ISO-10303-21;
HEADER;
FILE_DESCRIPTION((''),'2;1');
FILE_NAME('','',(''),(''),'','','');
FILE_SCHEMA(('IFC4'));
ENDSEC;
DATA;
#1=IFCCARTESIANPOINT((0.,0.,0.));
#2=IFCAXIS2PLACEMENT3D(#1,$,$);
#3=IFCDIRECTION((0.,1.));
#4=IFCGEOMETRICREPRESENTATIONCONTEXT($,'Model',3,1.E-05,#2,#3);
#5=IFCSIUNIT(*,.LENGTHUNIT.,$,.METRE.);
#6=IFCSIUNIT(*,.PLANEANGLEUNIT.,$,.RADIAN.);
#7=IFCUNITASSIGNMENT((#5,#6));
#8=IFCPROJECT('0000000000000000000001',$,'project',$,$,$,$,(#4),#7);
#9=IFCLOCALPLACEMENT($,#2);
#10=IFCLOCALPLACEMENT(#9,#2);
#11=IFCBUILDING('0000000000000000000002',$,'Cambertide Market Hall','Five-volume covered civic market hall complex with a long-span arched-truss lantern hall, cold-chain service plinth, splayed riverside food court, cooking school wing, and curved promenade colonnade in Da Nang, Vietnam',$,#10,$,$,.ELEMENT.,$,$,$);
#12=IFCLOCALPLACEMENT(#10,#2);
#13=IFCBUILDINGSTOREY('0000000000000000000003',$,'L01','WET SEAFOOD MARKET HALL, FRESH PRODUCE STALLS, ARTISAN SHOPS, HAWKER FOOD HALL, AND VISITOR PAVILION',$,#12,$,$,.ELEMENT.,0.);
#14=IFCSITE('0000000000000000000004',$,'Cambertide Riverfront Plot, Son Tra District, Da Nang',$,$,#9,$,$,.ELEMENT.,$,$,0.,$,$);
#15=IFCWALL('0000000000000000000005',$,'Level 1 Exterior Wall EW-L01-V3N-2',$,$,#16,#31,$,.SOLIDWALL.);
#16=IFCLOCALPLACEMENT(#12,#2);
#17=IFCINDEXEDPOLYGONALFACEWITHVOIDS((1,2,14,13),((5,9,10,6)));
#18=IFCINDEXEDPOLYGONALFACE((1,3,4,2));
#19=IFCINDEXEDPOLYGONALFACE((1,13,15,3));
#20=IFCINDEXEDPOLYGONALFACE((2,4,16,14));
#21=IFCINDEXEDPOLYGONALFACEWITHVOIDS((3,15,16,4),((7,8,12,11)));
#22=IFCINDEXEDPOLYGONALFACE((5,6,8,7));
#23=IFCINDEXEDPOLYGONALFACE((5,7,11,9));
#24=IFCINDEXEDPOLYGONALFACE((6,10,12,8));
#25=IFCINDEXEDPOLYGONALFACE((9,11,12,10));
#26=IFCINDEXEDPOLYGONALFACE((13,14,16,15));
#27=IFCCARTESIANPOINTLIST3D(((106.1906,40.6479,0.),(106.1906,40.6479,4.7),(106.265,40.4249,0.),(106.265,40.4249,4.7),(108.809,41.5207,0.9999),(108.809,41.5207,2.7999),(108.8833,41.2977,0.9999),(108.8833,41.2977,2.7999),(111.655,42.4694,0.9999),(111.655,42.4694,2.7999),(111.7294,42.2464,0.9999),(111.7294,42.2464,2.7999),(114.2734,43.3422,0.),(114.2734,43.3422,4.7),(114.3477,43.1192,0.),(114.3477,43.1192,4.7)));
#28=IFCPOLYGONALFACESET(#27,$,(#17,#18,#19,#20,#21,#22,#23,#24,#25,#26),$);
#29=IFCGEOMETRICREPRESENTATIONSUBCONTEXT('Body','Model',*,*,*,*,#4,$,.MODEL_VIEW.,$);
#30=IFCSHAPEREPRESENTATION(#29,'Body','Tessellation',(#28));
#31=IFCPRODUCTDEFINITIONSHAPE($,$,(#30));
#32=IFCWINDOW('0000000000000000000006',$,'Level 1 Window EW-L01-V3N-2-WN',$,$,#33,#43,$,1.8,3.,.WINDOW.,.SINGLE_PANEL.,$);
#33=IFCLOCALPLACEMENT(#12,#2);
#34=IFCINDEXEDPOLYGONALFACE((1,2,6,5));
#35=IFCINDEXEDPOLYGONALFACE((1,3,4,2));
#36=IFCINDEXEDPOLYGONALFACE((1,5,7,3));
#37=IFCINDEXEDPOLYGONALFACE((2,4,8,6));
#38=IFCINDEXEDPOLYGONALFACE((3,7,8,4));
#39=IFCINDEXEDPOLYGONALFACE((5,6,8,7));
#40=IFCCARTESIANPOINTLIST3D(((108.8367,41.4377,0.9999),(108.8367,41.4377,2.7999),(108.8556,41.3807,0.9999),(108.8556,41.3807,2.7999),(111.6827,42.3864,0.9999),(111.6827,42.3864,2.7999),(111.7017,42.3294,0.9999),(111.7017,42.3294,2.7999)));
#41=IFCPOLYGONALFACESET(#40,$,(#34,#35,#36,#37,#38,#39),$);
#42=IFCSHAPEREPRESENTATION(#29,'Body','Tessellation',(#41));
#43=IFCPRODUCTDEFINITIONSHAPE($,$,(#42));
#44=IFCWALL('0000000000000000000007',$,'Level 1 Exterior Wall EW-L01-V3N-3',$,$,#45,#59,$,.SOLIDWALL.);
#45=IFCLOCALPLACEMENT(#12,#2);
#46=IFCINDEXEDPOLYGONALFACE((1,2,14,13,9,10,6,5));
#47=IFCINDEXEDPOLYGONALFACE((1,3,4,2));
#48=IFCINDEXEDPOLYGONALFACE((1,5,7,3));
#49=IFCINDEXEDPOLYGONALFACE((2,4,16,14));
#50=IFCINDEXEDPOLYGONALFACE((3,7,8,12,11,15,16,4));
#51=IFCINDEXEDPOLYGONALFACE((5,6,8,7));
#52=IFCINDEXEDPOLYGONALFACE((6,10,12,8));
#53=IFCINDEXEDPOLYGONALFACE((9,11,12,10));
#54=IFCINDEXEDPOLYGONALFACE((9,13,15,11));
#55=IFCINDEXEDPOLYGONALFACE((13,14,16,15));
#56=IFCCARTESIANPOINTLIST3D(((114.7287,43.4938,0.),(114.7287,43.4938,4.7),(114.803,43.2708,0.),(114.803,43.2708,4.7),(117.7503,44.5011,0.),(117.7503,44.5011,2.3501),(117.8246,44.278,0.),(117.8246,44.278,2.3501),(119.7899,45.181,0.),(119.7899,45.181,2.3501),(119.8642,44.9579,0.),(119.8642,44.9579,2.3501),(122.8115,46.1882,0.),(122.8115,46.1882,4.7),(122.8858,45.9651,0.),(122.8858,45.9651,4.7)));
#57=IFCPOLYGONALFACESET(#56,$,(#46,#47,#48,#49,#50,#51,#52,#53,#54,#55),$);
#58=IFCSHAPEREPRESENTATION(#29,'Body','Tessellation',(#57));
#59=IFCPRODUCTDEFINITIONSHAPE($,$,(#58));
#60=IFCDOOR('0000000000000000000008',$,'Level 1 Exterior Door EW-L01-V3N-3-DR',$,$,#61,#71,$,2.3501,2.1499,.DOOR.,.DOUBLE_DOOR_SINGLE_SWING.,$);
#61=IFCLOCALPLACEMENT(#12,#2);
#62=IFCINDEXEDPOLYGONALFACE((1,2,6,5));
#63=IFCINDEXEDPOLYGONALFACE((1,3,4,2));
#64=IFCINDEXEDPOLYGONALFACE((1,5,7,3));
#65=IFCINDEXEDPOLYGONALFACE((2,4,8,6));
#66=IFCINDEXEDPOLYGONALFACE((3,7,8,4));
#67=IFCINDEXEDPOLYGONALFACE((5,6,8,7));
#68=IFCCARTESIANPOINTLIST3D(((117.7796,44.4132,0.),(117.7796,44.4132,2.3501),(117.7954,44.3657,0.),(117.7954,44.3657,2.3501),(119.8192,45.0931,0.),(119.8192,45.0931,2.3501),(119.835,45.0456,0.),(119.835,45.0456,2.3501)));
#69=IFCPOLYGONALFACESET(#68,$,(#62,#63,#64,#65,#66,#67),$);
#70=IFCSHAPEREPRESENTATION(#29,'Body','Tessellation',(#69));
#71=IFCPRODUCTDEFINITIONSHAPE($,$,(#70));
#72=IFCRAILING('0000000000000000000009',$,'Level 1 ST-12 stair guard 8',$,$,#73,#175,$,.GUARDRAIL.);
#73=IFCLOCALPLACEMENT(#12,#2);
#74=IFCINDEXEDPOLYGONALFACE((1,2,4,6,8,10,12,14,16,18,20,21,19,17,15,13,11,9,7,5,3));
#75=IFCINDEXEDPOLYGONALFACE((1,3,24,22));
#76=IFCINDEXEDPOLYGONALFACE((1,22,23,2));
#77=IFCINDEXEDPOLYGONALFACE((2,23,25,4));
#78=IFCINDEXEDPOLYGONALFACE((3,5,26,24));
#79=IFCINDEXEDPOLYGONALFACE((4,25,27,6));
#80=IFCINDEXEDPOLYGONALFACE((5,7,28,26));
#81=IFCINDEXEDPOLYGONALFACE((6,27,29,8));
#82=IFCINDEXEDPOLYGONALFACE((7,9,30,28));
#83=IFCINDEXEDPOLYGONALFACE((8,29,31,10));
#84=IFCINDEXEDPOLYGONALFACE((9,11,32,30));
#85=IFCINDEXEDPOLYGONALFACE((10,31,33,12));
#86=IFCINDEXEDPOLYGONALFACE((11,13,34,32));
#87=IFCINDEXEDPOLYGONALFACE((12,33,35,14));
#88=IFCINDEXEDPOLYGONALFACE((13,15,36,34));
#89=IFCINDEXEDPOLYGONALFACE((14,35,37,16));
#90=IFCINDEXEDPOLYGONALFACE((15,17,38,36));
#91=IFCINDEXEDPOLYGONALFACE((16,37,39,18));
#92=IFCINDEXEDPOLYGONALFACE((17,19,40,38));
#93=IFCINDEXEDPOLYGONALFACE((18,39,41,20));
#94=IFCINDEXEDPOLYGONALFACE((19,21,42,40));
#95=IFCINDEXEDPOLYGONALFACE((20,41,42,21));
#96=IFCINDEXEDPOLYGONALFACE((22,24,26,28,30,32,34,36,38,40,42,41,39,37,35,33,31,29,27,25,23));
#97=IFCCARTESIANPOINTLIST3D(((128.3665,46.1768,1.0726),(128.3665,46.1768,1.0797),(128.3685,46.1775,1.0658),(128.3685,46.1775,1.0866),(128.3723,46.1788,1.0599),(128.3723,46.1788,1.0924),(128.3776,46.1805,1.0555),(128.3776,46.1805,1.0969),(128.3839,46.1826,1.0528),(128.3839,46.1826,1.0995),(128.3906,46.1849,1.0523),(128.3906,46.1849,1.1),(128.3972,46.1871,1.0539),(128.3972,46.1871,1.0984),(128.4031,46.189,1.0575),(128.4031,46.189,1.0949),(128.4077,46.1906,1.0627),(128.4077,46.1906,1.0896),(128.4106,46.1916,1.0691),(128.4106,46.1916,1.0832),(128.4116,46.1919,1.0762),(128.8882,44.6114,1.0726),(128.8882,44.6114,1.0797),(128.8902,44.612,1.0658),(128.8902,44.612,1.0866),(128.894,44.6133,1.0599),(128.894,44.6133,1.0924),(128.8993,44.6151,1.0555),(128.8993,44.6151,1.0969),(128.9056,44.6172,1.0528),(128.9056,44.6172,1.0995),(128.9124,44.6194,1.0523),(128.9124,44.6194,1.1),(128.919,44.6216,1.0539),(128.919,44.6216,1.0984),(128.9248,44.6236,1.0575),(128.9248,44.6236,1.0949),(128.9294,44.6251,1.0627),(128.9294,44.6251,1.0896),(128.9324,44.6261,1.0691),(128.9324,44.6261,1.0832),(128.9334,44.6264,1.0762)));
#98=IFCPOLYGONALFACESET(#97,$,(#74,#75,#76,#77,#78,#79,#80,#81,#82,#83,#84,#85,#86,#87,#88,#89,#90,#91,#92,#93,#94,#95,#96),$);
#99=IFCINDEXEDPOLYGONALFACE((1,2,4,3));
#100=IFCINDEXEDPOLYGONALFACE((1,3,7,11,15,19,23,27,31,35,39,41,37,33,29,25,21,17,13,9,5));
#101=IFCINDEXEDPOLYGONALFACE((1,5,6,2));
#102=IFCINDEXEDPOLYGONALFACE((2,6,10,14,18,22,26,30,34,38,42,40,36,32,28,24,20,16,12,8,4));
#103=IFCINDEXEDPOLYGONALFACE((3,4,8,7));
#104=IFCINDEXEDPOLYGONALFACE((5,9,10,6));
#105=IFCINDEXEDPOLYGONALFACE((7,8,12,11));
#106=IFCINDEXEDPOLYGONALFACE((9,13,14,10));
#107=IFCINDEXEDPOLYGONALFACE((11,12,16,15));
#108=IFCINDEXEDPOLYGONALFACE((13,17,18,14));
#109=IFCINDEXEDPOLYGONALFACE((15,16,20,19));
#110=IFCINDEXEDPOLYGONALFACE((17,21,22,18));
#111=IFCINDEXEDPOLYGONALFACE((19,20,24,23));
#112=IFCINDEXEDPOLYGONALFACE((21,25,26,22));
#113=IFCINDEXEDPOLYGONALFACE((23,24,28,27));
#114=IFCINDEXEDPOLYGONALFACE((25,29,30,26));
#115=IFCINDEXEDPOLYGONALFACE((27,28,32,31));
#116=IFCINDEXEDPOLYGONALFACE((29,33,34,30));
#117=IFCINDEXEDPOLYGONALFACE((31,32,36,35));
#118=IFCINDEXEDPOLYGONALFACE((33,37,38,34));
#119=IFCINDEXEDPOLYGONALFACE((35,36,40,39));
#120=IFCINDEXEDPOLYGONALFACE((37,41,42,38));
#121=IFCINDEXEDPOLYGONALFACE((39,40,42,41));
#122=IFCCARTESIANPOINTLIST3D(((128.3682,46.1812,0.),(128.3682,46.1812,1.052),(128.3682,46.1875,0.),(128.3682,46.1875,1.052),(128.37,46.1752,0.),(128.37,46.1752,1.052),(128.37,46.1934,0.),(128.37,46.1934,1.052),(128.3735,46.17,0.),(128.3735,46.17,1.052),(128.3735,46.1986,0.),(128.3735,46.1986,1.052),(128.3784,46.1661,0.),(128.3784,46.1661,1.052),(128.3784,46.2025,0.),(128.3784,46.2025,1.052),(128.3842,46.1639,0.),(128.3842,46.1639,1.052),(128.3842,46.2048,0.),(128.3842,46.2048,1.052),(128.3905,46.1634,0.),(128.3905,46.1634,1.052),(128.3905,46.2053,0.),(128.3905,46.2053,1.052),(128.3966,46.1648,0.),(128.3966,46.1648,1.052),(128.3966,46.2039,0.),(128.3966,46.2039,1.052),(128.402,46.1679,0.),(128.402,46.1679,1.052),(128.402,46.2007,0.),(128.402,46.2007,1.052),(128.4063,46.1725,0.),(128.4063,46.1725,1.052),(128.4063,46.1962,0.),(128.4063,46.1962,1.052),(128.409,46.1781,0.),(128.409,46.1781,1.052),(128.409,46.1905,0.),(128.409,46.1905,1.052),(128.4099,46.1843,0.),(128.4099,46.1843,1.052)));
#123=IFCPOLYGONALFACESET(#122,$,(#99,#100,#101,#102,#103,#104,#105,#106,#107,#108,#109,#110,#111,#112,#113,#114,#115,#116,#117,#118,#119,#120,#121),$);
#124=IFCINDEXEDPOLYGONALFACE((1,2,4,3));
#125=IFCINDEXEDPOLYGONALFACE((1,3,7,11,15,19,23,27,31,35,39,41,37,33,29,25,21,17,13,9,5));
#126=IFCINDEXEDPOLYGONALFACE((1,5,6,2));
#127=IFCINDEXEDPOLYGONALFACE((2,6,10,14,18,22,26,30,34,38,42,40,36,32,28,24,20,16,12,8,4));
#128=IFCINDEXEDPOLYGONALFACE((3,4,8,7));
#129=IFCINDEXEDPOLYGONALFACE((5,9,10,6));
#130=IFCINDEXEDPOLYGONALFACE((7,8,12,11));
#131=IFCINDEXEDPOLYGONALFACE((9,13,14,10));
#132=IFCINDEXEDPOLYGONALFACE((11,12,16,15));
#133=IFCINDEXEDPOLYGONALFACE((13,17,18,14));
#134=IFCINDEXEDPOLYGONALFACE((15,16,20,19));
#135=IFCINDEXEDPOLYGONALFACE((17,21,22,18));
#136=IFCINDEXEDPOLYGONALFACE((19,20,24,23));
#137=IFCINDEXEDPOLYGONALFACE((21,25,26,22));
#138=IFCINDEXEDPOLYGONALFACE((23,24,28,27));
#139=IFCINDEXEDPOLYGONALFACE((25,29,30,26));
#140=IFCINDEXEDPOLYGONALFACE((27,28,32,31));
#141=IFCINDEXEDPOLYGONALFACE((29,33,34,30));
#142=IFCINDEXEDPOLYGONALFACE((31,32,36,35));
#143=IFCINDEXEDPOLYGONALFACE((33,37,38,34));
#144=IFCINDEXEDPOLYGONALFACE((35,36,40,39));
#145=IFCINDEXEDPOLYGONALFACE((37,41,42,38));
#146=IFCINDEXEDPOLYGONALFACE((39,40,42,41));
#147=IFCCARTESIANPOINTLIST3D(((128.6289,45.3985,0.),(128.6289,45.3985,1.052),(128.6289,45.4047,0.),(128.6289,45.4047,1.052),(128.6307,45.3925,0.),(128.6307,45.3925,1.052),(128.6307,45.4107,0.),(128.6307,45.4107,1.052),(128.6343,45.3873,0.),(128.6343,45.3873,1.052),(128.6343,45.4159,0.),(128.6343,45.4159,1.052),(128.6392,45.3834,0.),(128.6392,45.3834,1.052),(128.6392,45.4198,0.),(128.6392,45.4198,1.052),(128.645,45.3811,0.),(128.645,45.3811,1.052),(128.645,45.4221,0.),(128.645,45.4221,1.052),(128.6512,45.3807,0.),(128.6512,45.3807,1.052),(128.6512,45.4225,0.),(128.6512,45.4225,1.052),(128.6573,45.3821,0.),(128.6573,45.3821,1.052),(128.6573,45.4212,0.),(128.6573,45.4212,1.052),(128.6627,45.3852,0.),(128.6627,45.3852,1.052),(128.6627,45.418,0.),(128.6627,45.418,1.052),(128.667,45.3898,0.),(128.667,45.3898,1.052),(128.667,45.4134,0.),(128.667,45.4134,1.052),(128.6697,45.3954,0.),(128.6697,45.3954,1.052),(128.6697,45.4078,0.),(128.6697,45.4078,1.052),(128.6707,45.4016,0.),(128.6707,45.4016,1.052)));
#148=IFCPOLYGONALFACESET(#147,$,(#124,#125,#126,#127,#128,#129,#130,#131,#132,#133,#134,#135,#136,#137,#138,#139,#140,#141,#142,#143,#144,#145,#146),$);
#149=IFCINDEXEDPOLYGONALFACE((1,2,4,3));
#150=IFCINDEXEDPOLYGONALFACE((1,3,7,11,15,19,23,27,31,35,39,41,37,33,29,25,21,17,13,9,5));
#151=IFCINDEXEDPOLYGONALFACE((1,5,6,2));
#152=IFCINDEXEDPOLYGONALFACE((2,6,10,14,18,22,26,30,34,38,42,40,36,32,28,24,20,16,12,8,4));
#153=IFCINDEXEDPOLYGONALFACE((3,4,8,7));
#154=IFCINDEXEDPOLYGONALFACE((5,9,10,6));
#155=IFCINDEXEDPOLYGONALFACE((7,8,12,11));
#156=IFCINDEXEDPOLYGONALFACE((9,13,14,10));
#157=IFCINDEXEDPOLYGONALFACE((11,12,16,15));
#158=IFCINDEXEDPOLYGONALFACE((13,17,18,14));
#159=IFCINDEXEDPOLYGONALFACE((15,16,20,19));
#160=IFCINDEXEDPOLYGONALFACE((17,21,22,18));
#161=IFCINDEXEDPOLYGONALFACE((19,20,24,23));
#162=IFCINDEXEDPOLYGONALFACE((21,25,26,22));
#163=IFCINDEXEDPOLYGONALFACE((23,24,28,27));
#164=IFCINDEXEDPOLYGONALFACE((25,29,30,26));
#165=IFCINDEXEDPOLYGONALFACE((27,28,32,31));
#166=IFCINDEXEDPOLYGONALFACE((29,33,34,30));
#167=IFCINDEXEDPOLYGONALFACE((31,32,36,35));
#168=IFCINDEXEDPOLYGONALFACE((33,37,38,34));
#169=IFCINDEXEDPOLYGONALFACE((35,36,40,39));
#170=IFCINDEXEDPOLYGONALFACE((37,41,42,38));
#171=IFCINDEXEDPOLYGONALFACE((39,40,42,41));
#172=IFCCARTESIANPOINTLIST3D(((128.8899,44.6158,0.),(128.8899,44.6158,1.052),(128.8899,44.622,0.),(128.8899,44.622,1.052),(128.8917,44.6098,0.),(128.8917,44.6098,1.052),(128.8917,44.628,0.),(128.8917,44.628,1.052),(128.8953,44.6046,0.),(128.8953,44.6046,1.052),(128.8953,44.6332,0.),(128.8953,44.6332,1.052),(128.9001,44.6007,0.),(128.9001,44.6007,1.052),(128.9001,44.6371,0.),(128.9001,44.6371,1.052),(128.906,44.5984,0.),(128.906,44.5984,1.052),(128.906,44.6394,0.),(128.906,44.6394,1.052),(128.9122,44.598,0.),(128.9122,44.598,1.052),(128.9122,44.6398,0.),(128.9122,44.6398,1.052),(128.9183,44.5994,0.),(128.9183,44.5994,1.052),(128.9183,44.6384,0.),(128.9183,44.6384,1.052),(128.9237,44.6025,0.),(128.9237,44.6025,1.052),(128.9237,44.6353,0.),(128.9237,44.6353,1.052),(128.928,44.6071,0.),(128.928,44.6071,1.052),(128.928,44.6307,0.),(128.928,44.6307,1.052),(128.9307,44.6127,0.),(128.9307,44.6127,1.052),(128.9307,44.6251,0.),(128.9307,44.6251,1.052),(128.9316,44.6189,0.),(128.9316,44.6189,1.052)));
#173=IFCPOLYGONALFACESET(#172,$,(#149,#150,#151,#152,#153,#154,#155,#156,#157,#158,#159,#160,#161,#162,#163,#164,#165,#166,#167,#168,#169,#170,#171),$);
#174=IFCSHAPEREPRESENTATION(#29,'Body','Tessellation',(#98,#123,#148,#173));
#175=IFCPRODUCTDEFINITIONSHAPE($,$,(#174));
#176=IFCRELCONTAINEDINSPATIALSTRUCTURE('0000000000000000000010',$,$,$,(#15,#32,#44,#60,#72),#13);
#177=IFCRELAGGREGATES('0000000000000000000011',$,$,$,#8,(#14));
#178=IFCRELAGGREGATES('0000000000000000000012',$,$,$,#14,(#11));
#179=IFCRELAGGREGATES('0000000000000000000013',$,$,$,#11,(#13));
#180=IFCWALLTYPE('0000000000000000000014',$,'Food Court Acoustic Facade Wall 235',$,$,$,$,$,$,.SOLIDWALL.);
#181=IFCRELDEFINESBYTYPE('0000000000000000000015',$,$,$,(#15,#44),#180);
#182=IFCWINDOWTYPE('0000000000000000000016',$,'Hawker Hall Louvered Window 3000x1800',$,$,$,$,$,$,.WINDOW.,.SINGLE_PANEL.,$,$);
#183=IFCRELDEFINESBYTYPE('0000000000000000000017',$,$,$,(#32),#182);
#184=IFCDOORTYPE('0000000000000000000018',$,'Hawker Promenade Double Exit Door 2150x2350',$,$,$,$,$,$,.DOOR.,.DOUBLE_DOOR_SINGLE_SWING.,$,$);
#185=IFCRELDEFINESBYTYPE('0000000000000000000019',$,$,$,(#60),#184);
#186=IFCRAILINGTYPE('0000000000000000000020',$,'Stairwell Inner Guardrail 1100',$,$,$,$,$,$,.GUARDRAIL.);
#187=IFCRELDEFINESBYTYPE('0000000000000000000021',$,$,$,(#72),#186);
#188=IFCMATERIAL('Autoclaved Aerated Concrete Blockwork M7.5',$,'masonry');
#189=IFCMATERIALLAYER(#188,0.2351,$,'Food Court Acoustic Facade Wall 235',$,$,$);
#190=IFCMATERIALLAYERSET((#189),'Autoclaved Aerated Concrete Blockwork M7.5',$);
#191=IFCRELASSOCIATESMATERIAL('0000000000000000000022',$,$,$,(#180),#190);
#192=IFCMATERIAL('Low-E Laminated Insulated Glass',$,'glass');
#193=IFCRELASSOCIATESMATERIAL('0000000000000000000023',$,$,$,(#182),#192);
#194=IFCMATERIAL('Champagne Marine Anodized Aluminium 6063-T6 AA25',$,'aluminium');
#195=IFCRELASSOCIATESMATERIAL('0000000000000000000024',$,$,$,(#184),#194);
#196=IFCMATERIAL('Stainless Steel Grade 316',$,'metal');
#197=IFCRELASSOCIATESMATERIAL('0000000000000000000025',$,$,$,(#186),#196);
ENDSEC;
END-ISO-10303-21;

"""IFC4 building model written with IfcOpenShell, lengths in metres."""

from ifc_helpers import new_model, si_unit, direction, frame, frame_2d, origin, origin_2d, place, context, subcontext, project, spatial, rectangle, circle, extrude, material, layer, layer_set, type_object, element, fill, save


model = new_model("IFC4")

# Units and contexts
model_context = context("Model", 3, precision=1e-05, world=origin(), true_north=direction((0.0, 1.0)))
body_context = subcontext(model_context, "Body", "Model", "MODEL_VIEW")
ifc_project = project(units=[si_unit("LENGTHUNIT", "METRE"), si_unit("PLANEANGLEUNIT", "RADIAN")], contexts=[model_context])

# Site, building, storey
site_placement = place(None, origin())
site = spatial("IfcSite", under=ifc_project, at=site_placement, Name="Cambertide Riverfront Plot, Son Tra District, Da Nang", CompositionType="ELEMENT", RefElevation=0.0)
building_placement = place(site_placement, origin())
building = spatial("IfcBuilding", under=site, at=building_placement, Name="Cambertide Market Hall", Description="Five-volume covered civic market hall complex with a long-span arched-truss lantern hall, cold-chain service plinth, splayed riverside food court, cooking school wing, and curved promenade colonnade in Da Nang, Vietnam", CompositionType="ELEMENT")
storey_placement = place(building_placement, origin())
storey = spatial("IfcBuildingStorey", under=building, at=storey_placement, Name="L01", Description="WET SEAFOOD MARKET HALL, FRESH PRODUCE STALLS, ARTISAN SHOPS, HAWKER FOOD HALL, AND VISITOR PAVILION", CompositionType="ELEMENT", Elevation=0.0)

# Wall, opening, window
ifc_material_1 = material(Name="Autoclaved Aerated Concrete Blockwork M7.5", Category="masonry")
ifc_layer = layer(ifc_material_1, 0.2351, Name="Food Court Acoustic Facade Wall 235")
ifc_layer_set = layer_set([ifc_layer], Name="Autoclaved Aerated Concrete Blockwork M7.5")
wall_type = type_object("IfcWallType", Name="Food Court Acoustic Facade Wall 235", PredefinedType="SOLIDWALL", material=ifc_layer_set)
wall_1_placement = place(storey_placement, frame((106.2278, 40.5364, 0.0), z_axis=(0.0, 0.0, 1.0), x_axis=(0.94868, 0.316236, 0.0)))
wall_1 = element("IfcWall", 1, at=wall_1_placement, inside=storey, type_object=wall_type, Name="Level 1 Exterior Wall EW-L01-V3N-2", PredefinedType="SOLIDWALL", context=body_context, shape_type="SweptSolid", body=[
    extrude(rectangle(XDim=8.52, YDim=0.2351, at=frame_2d((4.26, 0.0))), origin(), (0.0, 0.0, 1.0), 4.7),
])
opening_1_placement = place(wall_1_placement, frame((2.76, 0.0, 1.0)))
opening_1 = element("IfcOpeningElement", 2, at=opening_1_placement, cuts=wall_1, PredefinedType="OPENING", context=body_context, shape_type="SweptSolid", body=[
    extrude(rectangle(XDim=3.0, YDim=1.8, at=frame_2d((1.5, 0.8999))), frame((0.0, 0.1274, 0.0), z_axis=(0.0, -1.0, 0.0), x_axis=(1.0, 0.0, 0.0)), (0.0, 0.0, 1.0), 0.2551),
])
ifc_material_2 = material(Name="Low-E Laminated Insulated Glass", Category="glass")
window_type = type_object("IfcWindowType", Name="Hawker Hall Louvered Window 3000x1800", PartitioningType="SINGLE_PANEL", PredefinedType="WINDOW", material=ifc_material_2)
window_placement = place(opening_1_placement, origin())
window = element("IfcWindow", 3, at=window_placement, inside=storey, type_object=window_type, Name="Level 1 Window EW-L01-V3N-2-WN", OverallHeight=1.8, OverallWidth=3.0, PartitioningType="SINGLE_PANEL", PredefinedType="WINDOW", context=body_context, shape_type="SweptSolid", body=[
    extrude(rectangle(XDim=3.0, YDim=1.8, at=frame_2d((1.5, 0.8999))), frame((0.0, 0.03, 0.0), z_axis=(0.0, -1.0, 0.0), x_axis=(1.0, 0.0, 0.0)), (0.0, 0.0, 1.0), 0.0601),
])
fill(opening_1, window)

# Wall, opening, door
wall_2_placement = place(storey_placement, frame((114.7659, 43.3823, 0.0), z_axis=(0.0, 0.0, 1.0), x_axis=(0.94868, 0.316236, 0.0)))
wall_2 = element("IfcWall", 4, at=wall_2_placement, inside=storey, type_object=wall_type, Name="Level 1 Exterior Wall EW-L01-V3N-3", PredefinedType="SOLIDWALL", context=body_context, shape_type="SweptSolid", body=[
    extrude(rectangle(XDim=8.52, YDim=0.2351, at=frame_2d((4.26, 0.0))), origin(), (0.0, 0.0, 1.0), 4.7),
])
opening_2_placement = place(wall_2_placement, frame((3.1851, 0.0, 0.0)))
opening_2 = element("IfcOpeningElement", 5, at=opening_2_placement, cuts=wall_2, PredefinedType="OPENING", context=body_context, shape_type="SweptSolid", body=[
    extrude(rectangle(XDim=2.1499, YDim=2.3501, at=frame_2d((1.075, 1.175))), frame((0.0, 0.1274, 0.0), z_axis=(0.0, -1.0, 0.0), x_axis=(1.0, 0.0, 0.0)), (0.0, 0.0, 1.0), 0.2551),
])
ifc_material_3 = material(Name="Champagne Marine Anodized Aluminium 6063-T6 AA25", Category="aluminium")
door_type = type_object("IfcDoorType", Name="Hawker Promenade Double Exit Door 2150x2350", OperationType="DOUBLE_DOOR_SINGLE_SWING", PredefinedType="DOOR", material=ifc_material_3)
door_placement = place(opening_2_placement, origin())
door = element("IfcDoor", 6, at=door_placement, inside=storey, type_object=door_type, Name="Level 1 Exterior Door EW-L01-V3N-3-DR", OperationType="DOUBLE_DOOR_SINGLE_SWING", OverallHeight=2.3501, OverallWidth=2.1499, PredefinedType="DOOR", context=body_context, shape_type="SweptSolid", body=[
    extrude(rectangle(XDim=2.1499, YDim=2.3501, at=frame_2d((1.075, 1.175))), frame((0.0, 0.0249, 0.0), z_axis=(0.0, -1.0, 0.0), x_axis=(1.0, 0.0, 0.0)), (0.0, 0.0, 1.0), 0.05),
])
fill(opening_2, door)

# Railing
ifc_material_4 = material(Name="Stainless Steel Grade 316", Category="metal")
railing_type = type_object("IfcRailingType", Name="Stairwell Inner Guardrail 1100", PredefinedType="GUARDRAIL", material=ifc_material_4)
railing_placement = place(storey_placement, frame((128.3889, 46.1843, 0.0)))
element("IfcRailing", 7, at=railing_placement, inside=storey, type_object=railing_type, Name="Level 1 ST-12 stair guard 8", PredefinedType="GUARDRAIL", context=body_context, shape_type="SweptSolid", body=[
    extrude(circle(Radius=0.0239, at=origin_2d()), frame((0.0, 0.0, 1.0762), z_axis=(0.316183, -0.948698, 0.0), x_axis=(0.948698, 0.316183, 0.0)), (0.0, 0.0, 1.0), 1.6501),
    extrude(circle(Radius=0.021, at=origin_2d()), origin(), (0.0, 0.0, 1.0), 1.052),
    extrude(circle(Radius=0.021, at=origin_2d()), frame((0.2607, -0.7827, 0.0)), (0.0, 0.0, 1.0), 1.052),
    extrude(circle(Radius=0.021, at=origin_2d()), frame((0.5217, -1.5654, 0.0)), (0.0, 0.0, 1.0), 1.052),
])

save(model, "model.ifc")
